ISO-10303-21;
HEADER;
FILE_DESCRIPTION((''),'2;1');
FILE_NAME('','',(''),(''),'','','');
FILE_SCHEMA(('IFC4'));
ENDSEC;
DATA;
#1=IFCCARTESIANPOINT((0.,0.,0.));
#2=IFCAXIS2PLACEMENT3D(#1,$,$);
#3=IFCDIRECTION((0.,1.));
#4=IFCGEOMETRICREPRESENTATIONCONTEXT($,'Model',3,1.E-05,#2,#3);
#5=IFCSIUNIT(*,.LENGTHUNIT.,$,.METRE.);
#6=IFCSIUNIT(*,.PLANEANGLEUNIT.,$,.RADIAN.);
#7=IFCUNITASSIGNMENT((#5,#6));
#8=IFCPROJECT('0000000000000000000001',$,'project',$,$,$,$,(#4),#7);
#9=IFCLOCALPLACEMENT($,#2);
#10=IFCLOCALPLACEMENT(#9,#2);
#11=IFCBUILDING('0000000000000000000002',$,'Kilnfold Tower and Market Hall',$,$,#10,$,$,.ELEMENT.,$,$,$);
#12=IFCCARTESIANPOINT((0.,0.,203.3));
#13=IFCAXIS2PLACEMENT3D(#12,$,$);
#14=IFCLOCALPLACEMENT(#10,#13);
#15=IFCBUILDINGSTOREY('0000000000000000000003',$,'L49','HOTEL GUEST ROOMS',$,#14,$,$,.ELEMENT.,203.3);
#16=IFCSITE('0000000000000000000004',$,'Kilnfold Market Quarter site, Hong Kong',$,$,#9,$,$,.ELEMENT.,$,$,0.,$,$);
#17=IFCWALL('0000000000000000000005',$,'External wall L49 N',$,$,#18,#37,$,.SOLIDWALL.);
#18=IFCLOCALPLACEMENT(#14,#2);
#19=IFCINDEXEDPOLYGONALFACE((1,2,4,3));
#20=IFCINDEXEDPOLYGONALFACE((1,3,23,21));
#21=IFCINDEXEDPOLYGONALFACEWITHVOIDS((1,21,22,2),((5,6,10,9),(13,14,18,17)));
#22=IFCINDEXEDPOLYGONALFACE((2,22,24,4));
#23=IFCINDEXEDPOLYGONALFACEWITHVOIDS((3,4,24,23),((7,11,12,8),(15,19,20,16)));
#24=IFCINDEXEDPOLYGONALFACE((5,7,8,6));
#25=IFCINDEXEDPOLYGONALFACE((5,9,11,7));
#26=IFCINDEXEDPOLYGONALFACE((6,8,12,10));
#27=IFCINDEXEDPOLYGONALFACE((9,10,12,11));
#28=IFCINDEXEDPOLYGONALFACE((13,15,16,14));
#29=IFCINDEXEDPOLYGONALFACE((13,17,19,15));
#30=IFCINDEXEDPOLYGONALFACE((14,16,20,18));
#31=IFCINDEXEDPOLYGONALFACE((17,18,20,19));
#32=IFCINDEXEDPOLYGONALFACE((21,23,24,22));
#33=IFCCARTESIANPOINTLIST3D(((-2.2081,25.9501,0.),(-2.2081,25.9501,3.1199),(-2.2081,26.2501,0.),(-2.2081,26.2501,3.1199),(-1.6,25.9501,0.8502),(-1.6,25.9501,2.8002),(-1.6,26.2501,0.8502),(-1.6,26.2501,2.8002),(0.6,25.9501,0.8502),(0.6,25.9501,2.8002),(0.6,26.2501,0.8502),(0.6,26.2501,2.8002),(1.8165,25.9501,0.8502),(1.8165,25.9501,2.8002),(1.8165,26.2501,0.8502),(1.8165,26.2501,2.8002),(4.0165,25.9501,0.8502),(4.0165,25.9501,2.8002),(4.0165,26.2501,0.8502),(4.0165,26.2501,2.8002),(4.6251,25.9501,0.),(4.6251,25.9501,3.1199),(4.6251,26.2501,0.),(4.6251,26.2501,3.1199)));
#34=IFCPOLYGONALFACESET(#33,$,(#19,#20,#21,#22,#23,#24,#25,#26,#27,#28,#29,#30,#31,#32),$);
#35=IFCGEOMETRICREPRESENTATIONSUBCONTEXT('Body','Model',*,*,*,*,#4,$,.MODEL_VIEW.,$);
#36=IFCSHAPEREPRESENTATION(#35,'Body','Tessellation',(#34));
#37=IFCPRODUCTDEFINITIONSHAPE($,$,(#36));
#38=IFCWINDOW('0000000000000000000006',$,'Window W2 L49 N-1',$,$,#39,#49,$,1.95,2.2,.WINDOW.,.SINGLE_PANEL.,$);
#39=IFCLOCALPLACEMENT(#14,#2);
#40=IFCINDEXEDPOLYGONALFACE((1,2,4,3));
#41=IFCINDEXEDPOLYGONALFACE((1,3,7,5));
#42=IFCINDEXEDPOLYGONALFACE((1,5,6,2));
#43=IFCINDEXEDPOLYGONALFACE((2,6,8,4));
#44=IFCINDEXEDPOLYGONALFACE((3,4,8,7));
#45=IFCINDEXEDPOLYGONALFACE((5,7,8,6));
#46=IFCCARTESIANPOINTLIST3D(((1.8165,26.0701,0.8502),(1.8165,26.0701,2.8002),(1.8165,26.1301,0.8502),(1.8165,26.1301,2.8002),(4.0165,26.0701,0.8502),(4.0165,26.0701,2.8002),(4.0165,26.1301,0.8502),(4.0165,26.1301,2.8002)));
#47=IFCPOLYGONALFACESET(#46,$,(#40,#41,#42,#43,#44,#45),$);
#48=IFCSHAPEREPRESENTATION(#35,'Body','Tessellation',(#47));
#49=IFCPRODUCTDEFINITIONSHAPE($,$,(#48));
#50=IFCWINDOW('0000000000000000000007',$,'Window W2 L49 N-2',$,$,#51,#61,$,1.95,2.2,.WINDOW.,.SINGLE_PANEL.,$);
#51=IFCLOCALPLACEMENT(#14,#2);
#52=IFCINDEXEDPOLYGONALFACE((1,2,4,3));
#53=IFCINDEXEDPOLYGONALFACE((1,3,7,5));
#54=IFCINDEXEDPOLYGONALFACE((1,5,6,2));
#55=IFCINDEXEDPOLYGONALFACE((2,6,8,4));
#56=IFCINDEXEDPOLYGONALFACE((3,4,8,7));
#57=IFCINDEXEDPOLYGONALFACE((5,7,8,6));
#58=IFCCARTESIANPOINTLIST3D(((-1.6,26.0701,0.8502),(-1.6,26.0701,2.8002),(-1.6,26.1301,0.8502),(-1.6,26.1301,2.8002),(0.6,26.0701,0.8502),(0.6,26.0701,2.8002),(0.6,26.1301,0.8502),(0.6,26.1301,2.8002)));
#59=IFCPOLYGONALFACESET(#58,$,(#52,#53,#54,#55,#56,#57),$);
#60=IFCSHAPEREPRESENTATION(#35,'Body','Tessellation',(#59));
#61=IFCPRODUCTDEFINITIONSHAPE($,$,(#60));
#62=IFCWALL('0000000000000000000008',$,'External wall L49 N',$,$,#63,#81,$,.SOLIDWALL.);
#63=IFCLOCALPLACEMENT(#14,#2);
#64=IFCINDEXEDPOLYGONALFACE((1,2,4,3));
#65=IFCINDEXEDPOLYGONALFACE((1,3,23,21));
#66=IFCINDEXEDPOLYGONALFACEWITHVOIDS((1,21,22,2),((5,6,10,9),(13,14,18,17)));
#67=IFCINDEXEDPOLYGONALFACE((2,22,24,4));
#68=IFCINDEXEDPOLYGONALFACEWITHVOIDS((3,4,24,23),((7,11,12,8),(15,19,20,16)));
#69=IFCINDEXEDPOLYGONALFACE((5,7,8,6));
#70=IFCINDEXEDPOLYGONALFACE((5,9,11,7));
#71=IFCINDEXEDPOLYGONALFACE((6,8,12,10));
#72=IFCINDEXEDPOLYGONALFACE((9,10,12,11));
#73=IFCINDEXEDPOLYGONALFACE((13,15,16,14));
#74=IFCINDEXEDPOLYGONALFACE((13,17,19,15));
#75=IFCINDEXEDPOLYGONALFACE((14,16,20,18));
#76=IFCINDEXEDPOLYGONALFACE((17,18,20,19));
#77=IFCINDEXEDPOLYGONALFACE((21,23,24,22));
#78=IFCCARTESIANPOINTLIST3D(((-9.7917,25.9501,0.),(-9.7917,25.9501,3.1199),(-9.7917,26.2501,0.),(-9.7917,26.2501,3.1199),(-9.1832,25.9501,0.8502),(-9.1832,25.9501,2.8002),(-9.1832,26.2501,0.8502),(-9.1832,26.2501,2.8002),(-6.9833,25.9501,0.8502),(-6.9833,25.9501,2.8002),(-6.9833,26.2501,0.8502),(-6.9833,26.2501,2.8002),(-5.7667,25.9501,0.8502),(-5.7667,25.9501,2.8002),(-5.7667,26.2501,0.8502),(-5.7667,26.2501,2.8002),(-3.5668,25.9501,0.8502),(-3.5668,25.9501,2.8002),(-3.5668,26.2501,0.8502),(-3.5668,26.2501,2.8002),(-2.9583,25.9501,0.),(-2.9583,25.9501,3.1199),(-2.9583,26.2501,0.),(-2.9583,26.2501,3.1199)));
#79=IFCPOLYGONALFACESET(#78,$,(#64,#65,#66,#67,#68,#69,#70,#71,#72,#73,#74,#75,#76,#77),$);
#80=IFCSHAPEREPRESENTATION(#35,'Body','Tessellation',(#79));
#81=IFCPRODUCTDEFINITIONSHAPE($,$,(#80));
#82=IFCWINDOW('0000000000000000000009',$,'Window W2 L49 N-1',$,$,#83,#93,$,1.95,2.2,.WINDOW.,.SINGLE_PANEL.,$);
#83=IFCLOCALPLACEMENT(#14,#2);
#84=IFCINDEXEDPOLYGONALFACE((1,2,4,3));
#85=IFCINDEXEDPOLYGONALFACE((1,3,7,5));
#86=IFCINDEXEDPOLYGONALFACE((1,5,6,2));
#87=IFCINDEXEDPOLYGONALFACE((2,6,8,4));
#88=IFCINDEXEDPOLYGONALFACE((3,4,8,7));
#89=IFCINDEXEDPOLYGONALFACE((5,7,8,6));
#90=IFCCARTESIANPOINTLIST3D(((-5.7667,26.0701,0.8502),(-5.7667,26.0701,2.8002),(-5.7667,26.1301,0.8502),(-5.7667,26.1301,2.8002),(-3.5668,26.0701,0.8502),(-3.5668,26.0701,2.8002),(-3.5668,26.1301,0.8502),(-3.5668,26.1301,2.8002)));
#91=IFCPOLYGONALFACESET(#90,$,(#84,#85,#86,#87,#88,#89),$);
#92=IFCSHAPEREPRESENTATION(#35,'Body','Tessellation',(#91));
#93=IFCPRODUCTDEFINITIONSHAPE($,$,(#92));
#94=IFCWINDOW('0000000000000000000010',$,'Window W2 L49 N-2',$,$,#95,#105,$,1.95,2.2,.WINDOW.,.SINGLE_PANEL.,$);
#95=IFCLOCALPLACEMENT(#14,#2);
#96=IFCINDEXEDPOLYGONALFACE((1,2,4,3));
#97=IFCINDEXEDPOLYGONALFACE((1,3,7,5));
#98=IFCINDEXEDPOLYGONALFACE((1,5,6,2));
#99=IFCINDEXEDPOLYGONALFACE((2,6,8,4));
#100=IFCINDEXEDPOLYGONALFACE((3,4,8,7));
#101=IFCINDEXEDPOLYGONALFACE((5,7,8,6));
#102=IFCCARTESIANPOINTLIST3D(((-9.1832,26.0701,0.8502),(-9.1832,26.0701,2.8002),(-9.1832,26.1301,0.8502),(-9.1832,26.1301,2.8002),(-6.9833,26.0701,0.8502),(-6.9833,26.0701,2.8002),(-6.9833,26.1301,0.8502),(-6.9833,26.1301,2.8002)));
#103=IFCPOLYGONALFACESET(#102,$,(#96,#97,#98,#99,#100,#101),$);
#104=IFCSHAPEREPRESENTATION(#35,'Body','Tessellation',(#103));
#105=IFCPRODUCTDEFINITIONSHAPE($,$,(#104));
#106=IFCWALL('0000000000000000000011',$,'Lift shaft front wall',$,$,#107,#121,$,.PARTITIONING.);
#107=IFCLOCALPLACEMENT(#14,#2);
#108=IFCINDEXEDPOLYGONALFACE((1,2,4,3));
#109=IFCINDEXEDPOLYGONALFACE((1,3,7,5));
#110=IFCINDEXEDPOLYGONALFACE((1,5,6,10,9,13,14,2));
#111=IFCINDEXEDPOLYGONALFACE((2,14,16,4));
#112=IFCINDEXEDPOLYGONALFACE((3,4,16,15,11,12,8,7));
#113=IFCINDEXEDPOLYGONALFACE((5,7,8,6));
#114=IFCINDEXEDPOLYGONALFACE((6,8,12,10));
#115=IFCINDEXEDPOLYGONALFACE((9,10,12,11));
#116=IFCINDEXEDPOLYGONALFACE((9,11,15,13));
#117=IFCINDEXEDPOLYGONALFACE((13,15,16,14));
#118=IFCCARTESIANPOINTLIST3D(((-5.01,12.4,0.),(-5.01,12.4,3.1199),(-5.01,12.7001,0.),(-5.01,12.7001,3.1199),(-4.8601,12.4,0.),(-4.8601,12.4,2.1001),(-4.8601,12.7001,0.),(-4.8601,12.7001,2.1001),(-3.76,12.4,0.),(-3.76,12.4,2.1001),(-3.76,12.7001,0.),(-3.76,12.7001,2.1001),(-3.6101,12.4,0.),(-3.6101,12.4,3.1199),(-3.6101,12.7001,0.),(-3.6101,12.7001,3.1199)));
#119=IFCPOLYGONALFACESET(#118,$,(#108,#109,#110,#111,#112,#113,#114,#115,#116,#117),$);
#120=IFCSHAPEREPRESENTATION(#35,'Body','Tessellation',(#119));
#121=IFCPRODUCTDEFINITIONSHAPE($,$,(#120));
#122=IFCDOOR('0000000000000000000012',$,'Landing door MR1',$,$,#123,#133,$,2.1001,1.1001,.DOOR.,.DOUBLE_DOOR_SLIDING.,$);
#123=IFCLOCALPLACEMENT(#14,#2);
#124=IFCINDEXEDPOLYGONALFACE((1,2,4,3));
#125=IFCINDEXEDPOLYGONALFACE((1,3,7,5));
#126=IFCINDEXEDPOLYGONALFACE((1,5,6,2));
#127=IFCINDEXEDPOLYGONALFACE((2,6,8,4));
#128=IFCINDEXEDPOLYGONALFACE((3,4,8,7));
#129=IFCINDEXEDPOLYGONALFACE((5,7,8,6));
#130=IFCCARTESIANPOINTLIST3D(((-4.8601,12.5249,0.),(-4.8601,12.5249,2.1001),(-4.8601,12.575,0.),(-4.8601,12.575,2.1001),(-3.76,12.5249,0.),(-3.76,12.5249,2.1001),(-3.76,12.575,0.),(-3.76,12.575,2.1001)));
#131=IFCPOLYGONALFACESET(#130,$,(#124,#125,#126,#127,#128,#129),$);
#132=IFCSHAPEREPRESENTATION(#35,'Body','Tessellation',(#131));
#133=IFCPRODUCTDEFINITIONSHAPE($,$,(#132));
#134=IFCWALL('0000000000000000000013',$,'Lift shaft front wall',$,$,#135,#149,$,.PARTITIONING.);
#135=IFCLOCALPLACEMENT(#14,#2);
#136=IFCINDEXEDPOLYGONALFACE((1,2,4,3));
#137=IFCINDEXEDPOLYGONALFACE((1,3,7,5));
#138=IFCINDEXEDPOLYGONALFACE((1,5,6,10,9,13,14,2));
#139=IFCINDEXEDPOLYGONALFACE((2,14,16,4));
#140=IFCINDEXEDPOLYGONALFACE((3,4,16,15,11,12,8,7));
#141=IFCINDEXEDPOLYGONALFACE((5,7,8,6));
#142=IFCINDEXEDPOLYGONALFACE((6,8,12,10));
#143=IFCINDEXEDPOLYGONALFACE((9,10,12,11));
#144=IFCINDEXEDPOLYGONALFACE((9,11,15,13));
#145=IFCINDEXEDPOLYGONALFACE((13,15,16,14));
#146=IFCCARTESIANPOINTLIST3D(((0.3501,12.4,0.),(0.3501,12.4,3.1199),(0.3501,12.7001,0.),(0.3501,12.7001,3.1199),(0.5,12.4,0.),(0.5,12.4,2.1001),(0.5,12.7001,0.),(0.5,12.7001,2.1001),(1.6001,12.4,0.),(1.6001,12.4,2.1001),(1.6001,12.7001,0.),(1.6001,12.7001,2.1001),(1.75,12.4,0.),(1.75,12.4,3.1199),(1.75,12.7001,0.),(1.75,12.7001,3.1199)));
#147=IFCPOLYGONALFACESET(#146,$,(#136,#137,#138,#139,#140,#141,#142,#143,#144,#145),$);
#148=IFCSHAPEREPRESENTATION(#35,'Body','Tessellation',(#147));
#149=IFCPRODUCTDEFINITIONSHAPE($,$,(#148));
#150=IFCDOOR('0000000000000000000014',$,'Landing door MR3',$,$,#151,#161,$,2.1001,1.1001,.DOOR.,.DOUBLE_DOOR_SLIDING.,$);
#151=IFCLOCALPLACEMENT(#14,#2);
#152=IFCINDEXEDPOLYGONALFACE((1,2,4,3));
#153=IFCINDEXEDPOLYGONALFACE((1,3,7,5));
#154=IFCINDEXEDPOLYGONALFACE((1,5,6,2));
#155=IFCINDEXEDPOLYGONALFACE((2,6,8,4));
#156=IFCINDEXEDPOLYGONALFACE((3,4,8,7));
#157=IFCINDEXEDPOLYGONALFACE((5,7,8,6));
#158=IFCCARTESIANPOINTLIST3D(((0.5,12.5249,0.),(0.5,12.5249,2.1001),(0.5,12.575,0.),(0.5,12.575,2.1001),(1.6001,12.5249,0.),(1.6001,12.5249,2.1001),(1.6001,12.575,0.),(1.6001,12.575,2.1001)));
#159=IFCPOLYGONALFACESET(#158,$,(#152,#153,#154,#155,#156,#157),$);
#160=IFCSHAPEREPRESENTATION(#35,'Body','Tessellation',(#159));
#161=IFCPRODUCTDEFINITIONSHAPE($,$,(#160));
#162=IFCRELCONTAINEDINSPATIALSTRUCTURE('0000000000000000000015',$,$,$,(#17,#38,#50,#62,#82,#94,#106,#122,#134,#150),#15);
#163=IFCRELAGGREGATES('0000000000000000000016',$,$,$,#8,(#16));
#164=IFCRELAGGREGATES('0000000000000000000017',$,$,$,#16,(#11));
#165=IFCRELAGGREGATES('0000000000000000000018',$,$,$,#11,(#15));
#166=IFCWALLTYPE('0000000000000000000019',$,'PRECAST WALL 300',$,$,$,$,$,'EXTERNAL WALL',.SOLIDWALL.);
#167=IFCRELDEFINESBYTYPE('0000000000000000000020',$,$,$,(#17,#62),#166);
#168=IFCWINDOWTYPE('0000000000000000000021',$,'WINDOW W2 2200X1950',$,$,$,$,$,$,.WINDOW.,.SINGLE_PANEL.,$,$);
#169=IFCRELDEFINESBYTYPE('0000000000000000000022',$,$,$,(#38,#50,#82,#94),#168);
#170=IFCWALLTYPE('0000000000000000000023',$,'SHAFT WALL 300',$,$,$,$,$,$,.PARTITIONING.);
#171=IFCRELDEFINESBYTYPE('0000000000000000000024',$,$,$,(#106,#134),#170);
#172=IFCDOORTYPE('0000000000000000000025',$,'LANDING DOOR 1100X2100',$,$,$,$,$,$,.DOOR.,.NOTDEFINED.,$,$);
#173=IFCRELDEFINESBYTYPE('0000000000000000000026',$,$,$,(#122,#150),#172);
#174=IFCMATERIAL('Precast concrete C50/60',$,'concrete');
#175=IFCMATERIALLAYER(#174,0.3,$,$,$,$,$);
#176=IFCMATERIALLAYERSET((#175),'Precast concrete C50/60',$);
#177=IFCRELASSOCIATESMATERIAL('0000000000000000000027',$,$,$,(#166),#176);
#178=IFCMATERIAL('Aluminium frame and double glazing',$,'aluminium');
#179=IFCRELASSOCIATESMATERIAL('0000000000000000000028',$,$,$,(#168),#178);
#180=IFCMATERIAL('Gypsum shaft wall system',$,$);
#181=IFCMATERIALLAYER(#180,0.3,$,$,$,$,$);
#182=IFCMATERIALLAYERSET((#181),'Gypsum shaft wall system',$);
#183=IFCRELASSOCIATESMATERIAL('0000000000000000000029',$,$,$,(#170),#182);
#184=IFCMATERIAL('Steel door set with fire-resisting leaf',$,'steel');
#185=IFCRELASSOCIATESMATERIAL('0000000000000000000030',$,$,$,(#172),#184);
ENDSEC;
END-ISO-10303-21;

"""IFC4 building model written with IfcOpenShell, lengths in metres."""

from ifc_helpers import new_model, si_unit, direction, frame, frame_2d, origin, place, context, subcontext, project, spatial, rectangle, extrude, source, transform, mapped, material, layer, layer_set, type_object, element, fill, save


model = new_model("IFC4")

# Units and contexts
model_context = context("Model", 3, precision=1e-05, world=origin(), true_north=direction((0.0, 1.0)))
body_context = subcontext(model_context, "Body", "Model", "MODEL_VIEW")
ifc_project = project(units=[si_unit("LENGTHUNIT", "METRE"), si_unit("PLANEANGLEUNIT", "RADIAN")], contexts=[model_context])

# Site, building, storey
site_placement = place(None, origin())
site = spatial("IfcSite", under=ifc_project, at=site_placement, Name="Kilnfold Market Quarter site, Hong Kong", CompositionType="ELEMENT", RefElevation=0.0)
building_placement = place(site_placement, origin())
building = spatial("IfcBuilding", under=site, at=building_placement, Name="Kilnfold Tower and Market Hall", CompositionType="ELEMENT")
storey_placement = place(building_placement, frame((0.0, 0.0, 203.3)))
storey = spatial("IfcBuildingStorey", under=building, at=storey_placement, Name="L49", Description="HOTEL GUEST ROOMS", CompositionType="ELEMENT", Elevation=203.3)

# Walls, openings, windows
ifc_material_1 = material(Name="Precast concrete C50/60", Category="concrete")
ifc_layer_1 = layer(ifc_material_1, 0.3)
ifc_layer_set_1 = layer_set([ifc_layer_1], Name="Precast concrete C50/60")
wall_type_1 = type_object("IfcWallType", Name="PRECAST WALL 300", ElementType="EXTERNAL WALL", PredefinedType="SOLIDWALL", material=ifc_layer_set_1)
shared_shape_1 = source(origin(), body_context, "Body", "SweptSolid", [
    extrude(rectangle(XDim=6.8333, YDim=0.3, at=frame_2d((3.4165, 0.0))), origin(), (0.0, 0.0, 1.0), 3.1199),
])
wall_1_placement = place(storey_placement, frame((4.625, 26.1001, 0.0), z_axis=(0.0, 0.0, 1.0), x_axis=(-1.0, 0.0, 0.0)))
wall_1 = element("IfcWall", 1, at=wall_1_placement, inside=storey, type_object=wall_type_1, Name="External wall L49 N", PredefinedType="SOLIDWALL", context=body_context, shape_type="MappedRepresentation", body=[
    mapped(shared_shape_1, transform((0.0, 0.0, 0.0))),
])
opening_1_placement = place(wall_1_placement, frame((0.6084, 0.0, 0.8501)))
opening_1 = element("IfcOpeningElement", 2, at=opening_1_placement, cuts=wall_1, PredefinedType="OPENING", context=body_context, shape_type="SweptSolid", body=[
    extrude(rectangle(XDim=2.2, YDim=1.95, at=frame_2d((1.1001, 0.9751))), frame((0.0, 0.1602, 0.0), z_axis=(0.0, -1.0, 0.0), x_axis=(1.0, 0.0, 0.0)), (0.0, 0.0, 1.0), 0.3201),
])
opening_2_placement = place(wall_1_placement, frame((4.0249, 0.0, 0.8501)))
opening_2 = element("IfcOpeningElement", 3, at=opening_2_placement, cuts=wall_1, PredefinedType="OPENING", context=body_context, shape_type="SweptSolid", body=[
    extrude(rectangle(XDim=2.2, YDim=1.95, at=frame_2d((1.1001, 0.9751))), frame((0.0, 0.1602, 0.0), z_axis=(0.0, -1.0, 0.0), x_axis=(1.0, 0.0, 0.0)), (0.0, 0.0, 1.0), 0.3201),
])
ifc_material_2 = material(Name="Aluminium frame and double glazing", Category="aluminium")
window_type = type_object("IfcWindowType", Name="WINDOW W2 2200X1950", PartitioningType="SINGLE_PANEL", PredefinedType="WINDOW", material=ifc_material_2)
window_1_placement = place(opening_1_placement, origin())
window_1 = element("IfcWindow", 4, at=window_1_placement, inside=storey, type_object=window_type, Name="Window W2 L49 N-1", OverallHeight=1.95, OverallWidth=2.2, PartitioningType="SINGLE_PANEL", PredefinedType="WINDOW", context=body_context, shape_type="SweptSolid", body=[
    extrude(rectangle(XDim=2.2, YDim=1.95, at=frame_2d((1.1001, 0.9751))), frame((0.0, 0.03, 0.0), z_axis=(0.0, -1.0, 0.0), x_axis=(1.0, 0.0, 0.0)), (0.0, 0.0, 1.0), 0.0601),
])
fill(opening_1, window_1)
window_2_placement = place(opening_2_placement, origin())
window_2 = element("IfcWindow", 5, at=window_2_placement, inside=storey, type_object=window_type, Name="Window W2 L49 N-2", OverallHeight=1.95, OverallWidth=2.2, PartitioningType="SINGLE_PANEL", PredefinedType="WINDOW", context=body_context, shape_type="SweptSolid", body=[
    extrude(rectangle(XDim=2.2, YDim=1.95, at=frame_2d((1.1001, 0.9751))), frame((0.0, 0.03, 0.0), z_axis=(0.0, -1.0, 0.0), x_axis=(1.0, 0.0, 0.0)), (0.0, 0.0, 1.0), 0.0601),
])
fill(opening_2, window_2)
shared_shape_2 = source(origin(), body_context, "Body", "SweptSolid", [
    extrude(rectangle(XDim=6.8335, YDim=0.3, at=frame_2d((3.4167, 0.0))), origin(), (0.0, 0.0, 1.0), 3.1199),
])
wall_2_placement = place(storey_placement, frame((-2.9583, 26.1001, 0.0), z_axis=(0.0, 0.0, 1.0), x_axis=(-1.0, 0.0, 0.0)))
wall_2 = element("IfcWall", 6, at=wall_2_placement, inside=storey, type_object=wall_type_1, Name="External wall L49 N", PredefinedType="SOLIDWALL", context=body_context, shape_type="MappedRepresentation", body=[
    mapped(shared_shape_2, transform((0.0, 0.0, 0.0))),
])
opening_3_placement = place(wall_2_placement, frame((0.6084, 0.0, 0.8501)))
opening_3 = element("IfcOpeningElement", 7, at=opening_3_placement, cuts=wall_2, PredefinedType="OPENING", context=body_context, shape_type="SweptSolid", body=[
    extrude(rectangle(XDim=2.2, YDim=1.95, at=frame_2d((1.1001, 0.9751))), frame((0.0, 0.1602, 0.0), z_axis=(0.0, -1.0, 0.0), x_axis=(1.0, 0.0, 0.0)), (0.0, 0.0, 1.0), 0.3201),
])
opening_4_placement = place(wall_2_placement, frame((4.0249, 0.0, 0.8501)))
opening_4 = element("IfcOpeningElement", 8, at=opening_4_placement, cuts=wall_2, PredefinedType="OPENING", context=body_context, shape_type="SweptSolid", body=[
    extrude(rectangle(XDim=2.2, YDim=1.95, at=frame_2d((1.1001, 0.9751))), frame((0.0, 0.1602, 0.0), z_axis=(0.0, -1.0, 0.0), x_axis=(1.0, 0.0, 0.0)), (0.0, 0.0, 1.0), 0.3201),
])
window_3_placement = place(opening_3_placement, origin())
window_3 = element("IfcWindow", 9, at=window_3_placement, inside=storey, type_object=window_type, Name="Window W2 L49 N-1", OverallHeight=1.95, OverallWidth=2.2, PartitioningType="SINGLE_PANEL", PredefinedType="WINDOW", context=body_context, shape_type="SweptSolid", body=[
    extrude(rectangle(XDim=2.2, YDim=1.95, at=frame_2d((1.1001, 0.9751))), frame((0.0, 0.03, 0.0), z_axis=(0.0, -1.0, 0.0), x_axis=(1.0, 0.0, 0.0)), (0.0, 0.0, 1.0), 0.0601),
])
fill(opening_3, window_3)
window_4_placement = place(opening_4_placement, origin())
window_4 = element("IfcWindow", 10, at=window_4_placement, inside=storey, type_object=window_type, Name="Window W2 L49 N-2", OverallHeight=1.95, OverallWidth=2.2, PartitioningType="SINGLE_PANEL", PredefinedType="WINDOW", context=body_context, shape_type="SweptSolid", body=[
    extrude(rectangle(XDim=2.2, YDim=1.95, at=frame_2d((1.1001, 0.9751))), frame((0.0, 0.03, 0.0), z_axis=(0.0, -1.0, 0.0), x_axis=(1.0, 0.0, 0.0)), (0.0, 0.0, 1.0), 0.0601),
])
fill(opening_4, window_4)

# Walls, openings, doors
ifc_material_3 = material(Name="Gypsum shaft wall system")
ifc_layer_2 = layer(ifc_material_3, 0.3)
ifc_layer_set_2 = layer_set([ifc_layer_2], Name="Gypsum shaft wall system")
wall_type_2 = type_object("IfcWallType", Name="SHAFT WALL 300", PredefinedType="PARTITIONING", material=ifc_layer_set_2)
shared_shape_3 = source(origin(), body_context, "Body", "SweptSolid", [
    extrude(rectangle(XDim=1.3999, YDim=0.3, at=frame_2d((0.7, 0.0))), origin(), (0.0, 0.0, 1.0), 3.1199),
])
wall_3_placement = place(storey_placement, frame((-5.01, 12.55, 0.0), z_axis=(0.0, 0.0, 1.0), x_axis=(1.0, 0.0, 0.0)))
wall_3 = element("IfcWall", 11, at=wall_3_placement, inside=storey, type_object=wall_type_2, Name="Lift shaft front wall", PredefinedType="PARTITIONING", context=body_context, shape_type="MappedRepresentation", body=[
    mapped(shared_shape_3, transform((0.0, 0.0, 0.0))),
])
opening_5_placement = place(wall_3_placement, frame((0.1499, 0.0, 0.0)))
opening_5 = element("IfcOpeningElement", 12, at=opening_5_placement, cuts=wall_3, PredefinedType="OPENING", context=body_context, shape_type="SweptSolid", body=[
    extrude(rectangle(XDim=1.1001, YDim=2.1001, at=frame_2d((0.55, 1.05))), frame((0.0, 0.1602, 0.0), z_axis=(0.0, -1.0, 0.0), x_axis=(1.0, 0.0, 0.0)), (0.0, 0.0, 1.0), 0.3201),
])
ifc_material_4 = material(Name="Steel door set with fire-resisting leaf", Category="steel")
door_type = type_object("IfcDoorType", Name="LANDING DOOR 1100X2100", OperationType="NOTDEFINED", PredefinedType="DOOR", material=ifc_material_4)
door_1_placement = place(opening_5_placement, origin())
door_1 = element("IfcDoor", 13, at=door_1_placement, inside=storey, type_object=door_type, Name="Landing door MR1", OperationType="DOUBLE_DOOR_SLIDING", OverallHeight=2.1001, OverallWidth=1.1001, PredefinedType="DOOR", context=body_context, shape_type="SweptSolid", body=[
    extrude(rectangle(XDim=1.1001, YDim=2.1001, at=frame_2d((0.55, 1.05))), frame((0.0, 0.0249, 0.0), z_axis=(0.0, -1.0, 0.0), x_axis=(1.0, 0.0, 0.0)), (0.0, 0.0, 1.0), 0.05),
])
fill(opening_5, door_1)
wall_4_placement = place(storey_placement, frame((0.3501, 12.55, 0.0), z_axis=(0.0, 0.0, 1.0), x_axis=(1.0, 0.0, 0.0)))
wall_4 = element("IfcWall", 14, at=wall_4_placement, inside=storey, type_object=wall_type_2, Name="Lift shaft front wall", PredefinedType="PARTITIONING", context=body_context, shape_type="MappedRepresentation", body=[
    mapped(shared_shape_3, transform((0.0, 0.0, 0.0))),
])
opening_6_placement = place(wall_4_placement, frame((0.1499, 0.0, 0.0)))
opening_6 = element("IfcOpeningElement", 15, at=opening_6_placement, cuts=wall_4, PredefinedType="OPENING", context=body_context, shape_type="SweptSolid", body=[
    extrude(rectangle(XDim=1.1001, YDim=2.1001, at=frame_2d((0.55, 1.05))), frame((0.0, 0.1602, 0.0), z_axis=(0.0, -1.0, 0.0), x_axis=(1.0, 0.0, 0.0)), (0.0, 0.0, 1.0), 0.3201),
])
door_2_placement = place(opening_6_placement, origin())
door_2 = element("IfcDoor", 16, at=door_2_placement, inside=storey, type_object=door_type, Name="Landing door MR3", OperationType="DOUBLE_DOOR_SLIDING", OverallHeight=2.1001, OverallWidth=1.1001, PredefinedType="DOOR", context=body_context, shape_type="SweptSolid", body=[
    extrude(rectangle(XDim=1.1001, YDim=2.1001, at=frame_2d((0.55, 1.05))), frame((0.0, 0.0249, 0.0), z_axis=(0.0, -1.0, 0.0), x_axis=(1.0, 0.0, 0.0)), (0.0, 0.0, 1.0), 0.05),
])
fill(opening_6, door_2)

save(model, "model.ifc")
